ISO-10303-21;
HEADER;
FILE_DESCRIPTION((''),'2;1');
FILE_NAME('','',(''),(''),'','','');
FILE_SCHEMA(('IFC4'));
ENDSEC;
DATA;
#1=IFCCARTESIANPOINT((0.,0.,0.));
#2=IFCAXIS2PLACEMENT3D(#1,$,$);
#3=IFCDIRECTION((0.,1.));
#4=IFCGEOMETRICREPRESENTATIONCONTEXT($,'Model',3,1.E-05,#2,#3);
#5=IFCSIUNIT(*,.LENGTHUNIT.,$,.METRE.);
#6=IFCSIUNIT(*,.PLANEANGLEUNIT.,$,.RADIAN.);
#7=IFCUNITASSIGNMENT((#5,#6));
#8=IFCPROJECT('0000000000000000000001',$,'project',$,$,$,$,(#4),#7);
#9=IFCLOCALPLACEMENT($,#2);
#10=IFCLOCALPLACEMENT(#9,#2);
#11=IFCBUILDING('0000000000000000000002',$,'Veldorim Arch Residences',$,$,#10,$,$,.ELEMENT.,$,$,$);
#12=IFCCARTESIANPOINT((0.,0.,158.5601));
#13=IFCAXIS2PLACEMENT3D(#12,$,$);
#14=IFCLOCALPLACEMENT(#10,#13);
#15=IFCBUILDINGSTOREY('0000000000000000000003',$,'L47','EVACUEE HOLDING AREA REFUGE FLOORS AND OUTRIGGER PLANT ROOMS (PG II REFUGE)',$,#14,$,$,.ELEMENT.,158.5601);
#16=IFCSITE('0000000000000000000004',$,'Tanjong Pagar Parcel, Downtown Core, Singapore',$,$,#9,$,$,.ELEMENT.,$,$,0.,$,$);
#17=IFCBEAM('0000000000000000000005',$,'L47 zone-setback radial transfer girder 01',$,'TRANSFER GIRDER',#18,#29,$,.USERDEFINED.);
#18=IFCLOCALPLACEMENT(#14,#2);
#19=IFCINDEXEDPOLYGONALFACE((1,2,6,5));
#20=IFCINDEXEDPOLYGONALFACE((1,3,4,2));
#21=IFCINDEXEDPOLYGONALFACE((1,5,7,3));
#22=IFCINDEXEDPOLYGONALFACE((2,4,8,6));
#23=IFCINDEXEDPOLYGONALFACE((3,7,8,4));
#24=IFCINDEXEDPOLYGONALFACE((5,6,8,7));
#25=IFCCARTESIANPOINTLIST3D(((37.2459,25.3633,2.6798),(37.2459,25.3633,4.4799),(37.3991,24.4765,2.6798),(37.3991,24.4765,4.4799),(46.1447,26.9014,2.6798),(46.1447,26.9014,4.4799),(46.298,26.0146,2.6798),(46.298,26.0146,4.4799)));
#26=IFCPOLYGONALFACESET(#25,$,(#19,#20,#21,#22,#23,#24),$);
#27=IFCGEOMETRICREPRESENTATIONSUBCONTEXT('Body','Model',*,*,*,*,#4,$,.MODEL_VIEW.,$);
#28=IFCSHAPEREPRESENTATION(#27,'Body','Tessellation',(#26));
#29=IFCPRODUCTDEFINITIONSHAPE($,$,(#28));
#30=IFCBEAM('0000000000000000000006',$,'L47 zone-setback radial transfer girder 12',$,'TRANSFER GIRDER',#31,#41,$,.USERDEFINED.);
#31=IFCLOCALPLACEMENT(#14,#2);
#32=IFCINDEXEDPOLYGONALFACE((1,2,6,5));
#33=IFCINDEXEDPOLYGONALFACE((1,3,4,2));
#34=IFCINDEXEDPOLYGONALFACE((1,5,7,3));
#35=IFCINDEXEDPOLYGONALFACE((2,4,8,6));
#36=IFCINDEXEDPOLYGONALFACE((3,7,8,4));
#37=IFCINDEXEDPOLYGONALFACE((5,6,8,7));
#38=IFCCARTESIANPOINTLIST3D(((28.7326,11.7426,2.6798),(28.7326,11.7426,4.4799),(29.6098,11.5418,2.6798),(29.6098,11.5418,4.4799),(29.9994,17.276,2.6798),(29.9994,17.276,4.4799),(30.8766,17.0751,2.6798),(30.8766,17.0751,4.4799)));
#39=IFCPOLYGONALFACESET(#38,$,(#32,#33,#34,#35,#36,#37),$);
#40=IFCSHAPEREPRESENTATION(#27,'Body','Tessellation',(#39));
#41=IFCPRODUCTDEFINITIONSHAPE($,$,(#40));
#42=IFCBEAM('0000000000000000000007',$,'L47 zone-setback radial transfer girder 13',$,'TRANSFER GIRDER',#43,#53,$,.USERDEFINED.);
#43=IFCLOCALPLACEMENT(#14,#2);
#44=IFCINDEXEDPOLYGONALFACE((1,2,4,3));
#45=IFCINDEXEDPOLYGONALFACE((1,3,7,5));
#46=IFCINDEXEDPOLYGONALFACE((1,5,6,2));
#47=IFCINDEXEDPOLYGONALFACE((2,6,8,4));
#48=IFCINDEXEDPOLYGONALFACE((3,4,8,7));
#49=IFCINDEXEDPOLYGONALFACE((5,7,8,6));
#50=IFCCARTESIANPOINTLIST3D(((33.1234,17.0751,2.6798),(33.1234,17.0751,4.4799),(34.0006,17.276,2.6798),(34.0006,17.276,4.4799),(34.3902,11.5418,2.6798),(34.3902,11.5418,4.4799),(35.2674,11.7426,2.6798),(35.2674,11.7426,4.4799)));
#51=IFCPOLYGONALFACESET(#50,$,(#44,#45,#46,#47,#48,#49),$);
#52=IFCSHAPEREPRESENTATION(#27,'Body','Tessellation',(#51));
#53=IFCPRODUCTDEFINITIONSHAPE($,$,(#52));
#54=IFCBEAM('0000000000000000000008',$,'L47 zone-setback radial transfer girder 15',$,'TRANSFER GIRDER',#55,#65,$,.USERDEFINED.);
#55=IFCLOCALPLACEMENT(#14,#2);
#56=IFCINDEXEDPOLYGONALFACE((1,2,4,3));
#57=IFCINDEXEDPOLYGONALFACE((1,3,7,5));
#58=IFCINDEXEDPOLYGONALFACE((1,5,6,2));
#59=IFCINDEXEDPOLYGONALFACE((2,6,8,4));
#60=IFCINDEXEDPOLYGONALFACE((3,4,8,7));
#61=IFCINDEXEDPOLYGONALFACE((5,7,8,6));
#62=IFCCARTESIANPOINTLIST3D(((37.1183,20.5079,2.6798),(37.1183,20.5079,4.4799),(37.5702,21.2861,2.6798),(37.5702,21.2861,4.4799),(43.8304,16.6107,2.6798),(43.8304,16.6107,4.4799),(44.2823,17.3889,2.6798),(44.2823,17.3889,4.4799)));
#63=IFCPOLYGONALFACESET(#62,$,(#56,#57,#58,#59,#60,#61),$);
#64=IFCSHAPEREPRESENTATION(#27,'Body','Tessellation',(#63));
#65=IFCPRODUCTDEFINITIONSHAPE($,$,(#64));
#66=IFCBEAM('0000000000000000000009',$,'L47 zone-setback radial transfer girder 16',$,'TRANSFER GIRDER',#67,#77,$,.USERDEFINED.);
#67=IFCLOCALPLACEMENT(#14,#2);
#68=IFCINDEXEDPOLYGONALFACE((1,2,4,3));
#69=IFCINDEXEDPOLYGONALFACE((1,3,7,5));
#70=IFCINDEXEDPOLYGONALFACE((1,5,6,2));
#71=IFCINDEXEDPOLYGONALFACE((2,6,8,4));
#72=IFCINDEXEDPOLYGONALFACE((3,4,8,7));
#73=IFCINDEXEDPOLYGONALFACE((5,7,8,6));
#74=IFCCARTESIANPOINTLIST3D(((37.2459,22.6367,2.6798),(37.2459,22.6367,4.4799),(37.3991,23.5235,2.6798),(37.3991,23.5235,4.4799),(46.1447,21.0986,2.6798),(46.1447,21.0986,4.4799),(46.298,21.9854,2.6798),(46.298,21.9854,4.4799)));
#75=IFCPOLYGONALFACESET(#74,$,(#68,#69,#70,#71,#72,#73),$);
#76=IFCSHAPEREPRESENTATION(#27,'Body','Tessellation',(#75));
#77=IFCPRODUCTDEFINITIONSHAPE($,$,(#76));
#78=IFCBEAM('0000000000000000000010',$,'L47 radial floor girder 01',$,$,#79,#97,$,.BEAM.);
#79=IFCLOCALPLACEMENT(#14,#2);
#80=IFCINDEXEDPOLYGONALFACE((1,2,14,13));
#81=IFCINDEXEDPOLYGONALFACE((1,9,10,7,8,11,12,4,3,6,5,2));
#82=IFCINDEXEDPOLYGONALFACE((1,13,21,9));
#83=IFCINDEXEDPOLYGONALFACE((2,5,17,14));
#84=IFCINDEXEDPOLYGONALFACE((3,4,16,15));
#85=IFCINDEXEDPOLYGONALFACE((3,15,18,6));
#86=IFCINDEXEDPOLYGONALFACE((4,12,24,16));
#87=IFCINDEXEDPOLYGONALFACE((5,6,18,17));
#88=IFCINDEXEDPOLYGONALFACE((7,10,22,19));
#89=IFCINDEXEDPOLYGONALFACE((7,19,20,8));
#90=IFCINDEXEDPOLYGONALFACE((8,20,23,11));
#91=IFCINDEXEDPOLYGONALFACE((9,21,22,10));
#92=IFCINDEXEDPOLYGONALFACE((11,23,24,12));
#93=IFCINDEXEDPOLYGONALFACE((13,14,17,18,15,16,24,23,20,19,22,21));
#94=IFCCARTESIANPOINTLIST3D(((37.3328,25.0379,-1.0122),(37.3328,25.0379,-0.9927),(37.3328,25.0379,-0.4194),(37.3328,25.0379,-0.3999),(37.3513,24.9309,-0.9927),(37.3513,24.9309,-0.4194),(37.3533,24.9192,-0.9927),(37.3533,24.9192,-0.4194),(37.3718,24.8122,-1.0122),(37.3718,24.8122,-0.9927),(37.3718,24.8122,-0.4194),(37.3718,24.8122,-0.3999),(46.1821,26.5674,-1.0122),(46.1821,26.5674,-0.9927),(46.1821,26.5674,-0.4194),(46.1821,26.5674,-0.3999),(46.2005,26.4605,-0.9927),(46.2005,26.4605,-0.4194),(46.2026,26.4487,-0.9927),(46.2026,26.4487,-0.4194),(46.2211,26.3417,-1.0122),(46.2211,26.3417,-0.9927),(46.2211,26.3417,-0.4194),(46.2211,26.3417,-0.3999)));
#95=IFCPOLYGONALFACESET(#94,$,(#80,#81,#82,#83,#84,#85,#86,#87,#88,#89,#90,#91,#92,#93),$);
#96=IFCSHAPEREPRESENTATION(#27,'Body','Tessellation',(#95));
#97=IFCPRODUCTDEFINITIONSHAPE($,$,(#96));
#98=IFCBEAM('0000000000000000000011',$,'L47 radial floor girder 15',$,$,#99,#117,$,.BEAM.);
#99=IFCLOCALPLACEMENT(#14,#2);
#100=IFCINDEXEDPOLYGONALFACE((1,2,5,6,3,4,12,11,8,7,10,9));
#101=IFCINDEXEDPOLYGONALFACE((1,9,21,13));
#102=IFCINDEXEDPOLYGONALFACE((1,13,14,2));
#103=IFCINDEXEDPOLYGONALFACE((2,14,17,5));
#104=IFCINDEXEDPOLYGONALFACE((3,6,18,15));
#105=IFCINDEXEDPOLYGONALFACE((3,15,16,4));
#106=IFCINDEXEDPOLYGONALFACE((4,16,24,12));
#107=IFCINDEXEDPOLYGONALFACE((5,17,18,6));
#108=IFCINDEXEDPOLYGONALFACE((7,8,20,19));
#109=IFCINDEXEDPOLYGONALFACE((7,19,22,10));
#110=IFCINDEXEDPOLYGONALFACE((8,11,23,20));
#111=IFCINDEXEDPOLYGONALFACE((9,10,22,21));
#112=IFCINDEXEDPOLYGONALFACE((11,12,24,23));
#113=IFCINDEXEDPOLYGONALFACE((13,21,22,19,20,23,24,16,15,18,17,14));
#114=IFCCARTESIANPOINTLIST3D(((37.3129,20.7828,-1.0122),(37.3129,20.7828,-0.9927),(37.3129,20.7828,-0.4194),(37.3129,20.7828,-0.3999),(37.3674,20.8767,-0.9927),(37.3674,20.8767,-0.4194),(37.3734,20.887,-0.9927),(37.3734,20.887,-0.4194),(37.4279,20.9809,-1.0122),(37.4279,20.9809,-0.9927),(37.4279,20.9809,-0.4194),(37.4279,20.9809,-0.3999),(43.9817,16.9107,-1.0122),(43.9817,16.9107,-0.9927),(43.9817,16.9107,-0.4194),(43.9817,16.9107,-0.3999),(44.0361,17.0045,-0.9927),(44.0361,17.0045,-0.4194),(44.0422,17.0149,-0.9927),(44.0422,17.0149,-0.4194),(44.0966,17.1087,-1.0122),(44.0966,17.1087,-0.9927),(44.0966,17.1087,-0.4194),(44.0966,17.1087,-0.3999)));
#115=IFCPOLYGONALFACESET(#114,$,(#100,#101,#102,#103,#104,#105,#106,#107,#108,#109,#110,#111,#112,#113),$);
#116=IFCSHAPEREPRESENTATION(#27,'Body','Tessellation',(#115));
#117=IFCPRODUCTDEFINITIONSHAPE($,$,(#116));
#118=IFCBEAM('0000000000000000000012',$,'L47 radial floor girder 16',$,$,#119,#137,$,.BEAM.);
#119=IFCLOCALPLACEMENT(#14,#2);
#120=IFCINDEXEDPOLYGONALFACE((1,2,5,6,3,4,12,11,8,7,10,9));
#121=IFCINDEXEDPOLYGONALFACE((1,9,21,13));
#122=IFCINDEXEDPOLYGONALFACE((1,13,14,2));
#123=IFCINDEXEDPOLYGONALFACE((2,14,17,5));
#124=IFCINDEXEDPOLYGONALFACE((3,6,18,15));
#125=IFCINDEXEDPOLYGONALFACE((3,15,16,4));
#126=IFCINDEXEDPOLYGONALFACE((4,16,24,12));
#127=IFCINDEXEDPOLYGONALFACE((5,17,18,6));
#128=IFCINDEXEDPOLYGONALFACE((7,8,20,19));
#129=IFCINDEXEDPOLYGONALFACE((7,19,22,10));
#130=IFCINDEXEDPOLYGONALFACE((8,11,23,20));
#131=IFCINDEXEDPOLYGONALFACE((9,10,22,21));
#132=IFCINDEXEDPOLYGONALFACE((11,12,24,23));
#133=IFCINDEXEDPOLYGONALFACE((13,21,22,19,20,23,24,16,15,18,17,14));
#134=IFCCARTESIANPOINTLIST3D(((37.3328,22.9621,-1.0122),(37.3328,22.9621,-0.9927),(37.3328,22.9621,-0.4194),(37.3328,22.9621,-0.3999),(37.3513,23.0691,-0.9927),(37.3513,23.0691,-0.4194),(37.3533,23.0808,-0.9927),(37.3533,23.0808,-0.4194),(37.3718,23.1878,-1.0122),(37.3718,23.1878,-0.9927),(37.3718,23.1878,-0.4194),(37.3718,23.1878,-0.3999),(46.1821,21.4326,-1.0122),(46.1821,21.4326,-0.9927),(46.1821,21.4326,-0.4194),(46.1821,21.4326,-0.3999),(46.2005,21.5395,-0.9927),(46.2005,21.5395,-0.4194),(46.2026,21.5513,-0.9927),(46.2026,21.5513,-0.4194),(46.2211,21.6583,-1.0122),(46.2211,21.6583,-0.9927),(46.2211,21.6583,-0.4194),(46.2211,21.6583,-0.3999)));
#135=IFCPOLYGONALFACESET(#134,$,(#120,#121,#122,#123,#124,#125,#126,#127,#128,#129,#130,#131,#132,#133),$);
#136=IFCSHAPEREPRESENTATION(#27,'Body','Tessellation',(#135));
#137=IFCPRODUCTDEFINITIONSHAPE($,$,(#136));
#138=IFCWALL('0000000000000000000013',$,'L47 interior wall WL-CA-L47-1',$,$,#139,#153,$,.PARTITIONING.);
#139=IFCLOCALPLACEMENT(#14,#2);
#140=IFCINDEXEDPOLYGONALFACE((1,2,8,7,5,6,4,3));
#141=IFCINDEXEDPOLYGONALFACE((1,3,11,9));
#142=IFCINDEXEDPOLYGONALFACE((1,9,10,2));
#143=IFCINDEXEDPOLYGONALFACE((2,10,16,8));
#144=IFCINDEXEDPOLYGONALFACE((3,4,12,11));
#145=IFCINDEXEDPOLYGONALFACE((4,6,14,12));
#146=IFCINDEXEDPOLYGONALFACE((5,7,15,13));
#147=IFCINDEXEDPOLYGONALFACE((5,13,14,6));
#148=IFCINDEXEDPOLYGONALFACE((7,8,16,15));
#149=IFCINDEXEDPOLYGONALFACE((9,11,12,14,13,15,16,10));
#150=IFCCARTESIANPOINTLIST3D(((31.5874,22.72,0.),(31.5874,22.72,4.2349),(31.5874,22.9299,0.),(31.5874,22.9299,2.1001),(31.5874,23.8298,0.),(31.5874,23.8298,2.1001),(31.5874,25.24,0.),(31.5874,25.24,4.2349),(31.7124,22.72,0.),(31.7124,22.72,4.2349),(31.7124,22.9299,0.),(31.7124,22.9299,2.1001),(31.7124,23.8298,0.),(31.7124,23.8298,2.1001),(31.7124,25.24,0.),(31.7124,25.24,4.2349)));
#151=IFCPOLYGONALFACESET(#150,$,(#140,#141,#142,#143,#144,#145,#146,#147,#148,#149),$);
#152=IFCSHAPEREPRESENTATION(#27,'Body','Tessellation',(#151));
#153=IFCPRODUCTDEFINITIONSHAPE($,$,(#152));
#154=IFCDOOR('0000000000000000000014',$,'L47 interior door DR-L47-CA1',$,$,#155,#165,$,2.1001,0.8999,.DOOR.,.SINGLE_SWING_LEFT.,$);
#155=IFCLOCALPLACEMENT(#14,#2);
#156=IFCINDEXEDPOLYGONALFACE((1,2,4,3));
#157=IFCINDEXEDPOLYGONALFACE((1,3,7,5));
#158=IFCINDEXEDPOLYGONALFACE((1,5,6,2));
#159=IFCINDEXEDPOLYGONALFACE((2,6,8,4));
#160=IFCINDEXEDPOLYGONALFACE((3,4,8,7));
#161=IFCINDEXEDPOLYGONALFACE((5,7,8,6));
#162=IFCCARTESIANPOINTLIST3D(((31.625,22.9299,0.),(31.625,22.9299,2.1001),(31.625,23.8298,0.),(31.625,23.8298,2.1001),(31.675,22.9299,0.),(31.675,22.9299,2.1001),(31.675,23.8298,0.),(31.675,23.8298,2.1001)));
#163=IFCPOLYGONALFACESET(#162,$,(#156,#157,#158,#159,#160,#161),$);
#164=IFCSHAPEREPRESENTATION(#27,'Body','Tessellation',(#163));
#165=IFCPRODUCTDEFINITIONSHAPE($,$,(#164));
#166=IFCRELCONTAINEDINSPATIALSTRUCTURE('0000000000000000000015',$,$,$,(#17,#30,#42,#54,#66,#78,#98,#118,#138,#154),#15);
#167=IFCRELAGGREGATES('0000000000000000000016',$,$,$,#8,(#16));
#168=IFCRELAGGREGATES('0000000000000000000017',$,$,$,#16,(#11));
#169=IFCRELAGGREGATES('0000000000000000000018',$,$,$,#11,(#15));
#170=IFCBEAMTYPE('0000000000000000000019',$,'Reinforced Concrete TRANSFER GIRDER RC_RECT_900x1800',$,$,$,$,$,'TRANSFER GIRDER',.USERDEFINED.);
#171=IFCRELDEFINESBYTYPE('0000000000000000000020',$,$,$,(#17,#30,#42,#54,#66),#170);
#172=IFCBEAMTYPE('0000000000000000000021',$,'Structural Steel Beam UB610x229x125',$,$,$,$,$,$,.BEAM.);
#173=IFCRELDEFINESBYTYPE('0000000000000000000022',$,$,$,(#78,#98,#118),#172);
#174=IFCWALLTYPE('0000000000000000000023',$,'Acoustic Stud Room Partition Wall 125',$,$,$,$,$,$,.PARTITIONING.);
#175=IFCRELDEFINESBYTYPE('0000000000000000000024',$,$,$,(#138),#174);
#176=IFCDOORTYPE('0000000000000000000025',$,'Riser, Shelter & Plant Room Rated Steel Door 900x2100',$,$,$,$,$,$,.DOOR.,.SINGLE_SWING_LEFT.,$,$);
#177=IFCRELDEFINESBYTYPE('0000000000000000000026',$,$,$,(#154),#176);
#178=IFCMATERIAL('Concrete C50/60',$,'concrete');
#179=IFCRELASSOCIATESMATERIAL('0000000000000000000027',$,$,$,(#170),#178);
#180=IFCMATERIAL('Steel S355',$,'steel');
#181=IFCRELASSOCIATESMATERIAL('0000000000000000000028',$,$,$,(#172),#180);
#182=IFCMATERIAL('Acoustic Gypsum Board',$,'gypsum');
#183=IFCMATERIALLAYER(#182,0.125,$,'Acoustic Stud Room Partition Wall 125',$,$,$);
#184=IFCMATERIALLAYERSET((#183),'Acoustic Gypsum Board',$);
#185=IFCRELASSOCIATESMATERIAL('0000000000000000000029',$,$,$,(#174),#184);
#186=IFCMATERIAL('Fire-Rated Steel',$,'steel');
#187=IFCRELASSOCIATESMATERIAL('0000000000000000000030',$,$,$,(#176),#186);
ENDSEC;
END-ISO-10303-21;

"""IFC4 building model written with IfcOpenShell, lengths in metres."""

from ifc_helpers import new_model, si_unit, direction, frame, frame_2d, origin, origin_2d, place, context, subcontext, project, spatial, rectangle, i_section, extrude, material, layer, layer_set, material_profile, profile_set, type_object, element, fill, save


model = new_model("IFC4")

# Units and contexts
model_context = context("Model", 3, precision=1e-05, world=origin(), true_north=direction((0.0, 1.0)))
body_context = subcontext(model_context, "Body", "Model", "MODEL_VIEW")
ifc_project = project(units=[si_unit("LENGTHUNIT", "METRE"), si_unit("PLANEANGLEUNIT", "RADIAN")], contexts=[model_context])

# Site, building, storey
site_placement = place(None, origin())
site = spatial("IfcSite", under=ifc_project, at=site_placement, Name="Tanjong Pagar Parcel, Downtown Core, Singapore", CompositionType="ELEMENT", RefElevation=0.0)
building_placement = place(site_placement, origin())
building = spatial("IfcBuilding", under=site, at=building_placement, Name="Veldorim Arch Residences", CompositionType="ELEMENT")
storey_placement = place(building_placement, frame((0.0, 0.0, 158.5601)))
storey = spatial("IfcBuildingStorey", under=building, at=storey_placement, Name="L47", Description="EVACUEE HOLDING AREA REFUGE FLOORS AND OUTRIGGER PLANT ROOMS (PG II REFUGE)", CompositionType="ELEMENT", Elevation=158.5601)

# Beams
ifc_material_1 = material(Name="Concrete C50/60", Category="concrete")
ifc_material_profile_1 = material_profile(ifc_material_1, rectangle(XDim=0.8999, YDim=1.8, at=origin_2d()), Name="RC_RECT_900x1800")
ifc_profile_set_1 = profile_set([ifc_material_profile_1], Name="Concrete C50/60")
beam_type_1 = type_object("IfcBeamType", Name="Reinforced Concrete TRANSFER GIRDER RC_RECT_900x1800", ElementType="TRANSFER GIRDER", PredefinedType="USERDEFINED", material=ifc_profile_set_1)
beam_1_placement = place(storey_placement, frame((37.3225, 24.9199, 3.5798), z_axis=(0.98539, 0.170314, 0.0), x_axis=(-0.170314, 0.98539, 0.0)))
element("IfcBeam", 1, at=beam_1_placement, inside=storey, type_object=beam_type_1, Name="L47 zone-setback radial transfer girder 01", ObjectType="TRANSFER GIRDER", PredefinedType="USERDEFINED", context=body_context, shape_type="SweptSolid", body=[
    extrude(rectangle(XDim=0.8999, YDim=1.8, at=origin_2d()), origin(), (0.0, 0.0, 1.0), 9.0308),
])
for number, where, z_axis, x_axis, name in (
    (2, (30.438, 17.1755, 3.5798), (-0.223169, -0.97478, 0.0), (0.97478, -0.223169, 0.0), "L47 zone-setback radial transfer girder 12"),
    (3, (33.562, 17.1755, 3.5798), (0.223169, -0.97478, 0.0), (0.97478, 0.223169, 0.0), "L47 zone-setback radial transfer girder 13"),
):
    element("IfcBeam", number, at=place(storey_placement, frame(where, z_axis=z_axis, x_axis=x_axis)), inside=storey, type_object=beam_type_1, Name=name, ObjectType="TRANSFER GIRDER", PredefinedType="USERDEFINED", context=body_context, shape_type="SweptSolid", body=[
        extrude(rectangle(XDim=0.8999, YDim=1.8, at=origin_2d()), origin(), (0.0, 0.0, 1.0), 5.6765),
    ])
beam_2_placement = place(storey_placement, frame((37.3442, 20.897, 3.5798), z_axis=(0.864798, -0.50212, 0.0), x_axis=(0.50212, 0.864798, 0.0)))
element("IfcBeam", 4, at=beam_2_placement, inside=storey, type_object=beam_type_1, Name="L47 zone-setback radial transfer girder 15", ObjectType="TRANSFER GIRDER", PredefinedType="USERDEFINED", context=body_context, shape_type="SweptSolid", body=[
    extrude(rectangle(XDim=0.8999, YDim=1.8, at=origin_2d()), origin(), (0.0, 0.0, 1.0), 7.7615),
])
beam_3_placement = place(storey_placement, frame((37.3225, 23.0801, 3.5798), z_axis=(0.98539, -0.170314, 0.0), x_axis=(0.170314, 0.98539, 0.0)))
element("IfcBeam", 5, at=beam_3_placement, inside=storey, type_object=beam_type_1, Name="L47 zone-setback radial transfer girder 16", ObjectType="TRANSFER GIRDER", PredefinedType="USERDEFINED", context=body_context, shape_type="SweptSolid", body=[
    extrude(rectangle(XDim=0.8999, YDim=1.8, at=origin_2d()), origin(), (0.0, 0.0, 1.0), 9.0308),
])
ifc_material_2 = material(Name="Steel S355", Category="steel")
ifc_material_profile_2 = material_profile(ifc_material_2, i_section(OverallWidth=0.229, OverallDepth=0.6123, WebThickness=0.012, FlangeThickness=0.0195, at=origin_2d()), Name="UB610x229x125")
ifc_profile_set_2 = profile_set([ifc_material_profile_2], Name="Steel S355")
beam_type_2 = type_object("IfcBeamType", Name="Structural Steel Beam UB610x229x125", PredefinedType="BEAM", material=ifc_profile_set_2)
beam_4_placement = place(storey_placement, frame((37.3523, 24.925, -0.7061), z_axis=(0.985389, 0.170317, 0.0), x_axis=(-0.170317, 0.985389, 0.0)))
element("IfcBeam", 6, at=beam_4_placement, inside=storey, type_object=beam_type_2, Name="L47 radial floor girder 01", PredefinedType="BEAM", context=body_context, shape_type="SweptSolid", body=[
    extrude(i_section(OverallWidth=0.229, OverallDepth=0.6123, WebThickness=0.012, FlangeThickness=0.0195, at=origin_2d()), origin(), (0.0, 0.0, 1.0), 8.9805),
])
beam_5_placement = place(storey_placement, frame((37.3704, 20.8818, -0.7061), z_axis=(0.864793, -0.502128, 0.0), x_axis=(0.502128, 0.864793, 0.0)))
element("IfcBeam", 7, at=beam_5_placement, inside=storey, type_object=beam_type_2, Name="L47 radial floor girder 15", PredefinedType="BEAM", context=body_context, shape_type="SweptSolid", body=[
    extrude(i_section(OverallWidth=0.229, OverallDepth=0.6123, WebThickness=0.012, FlangeThickness=0.0195, at=origin_2d()), origin(), (0.0, 0.0, 1.0), 7.7114),
])
beam_6_placement = place(storey_placement, frame((37.3523, 23.075, -0.7061), z_axis=(0.985389, -0.170317, 0.0), x_axis=(0.170317, 0.985389, 0.0)))
element("IfcBeam", 8, at=beam_6_placement, inside=storey, type_object=beam_type_2, Name="L47 radial floor girder 16", PredefinedType="BEAM", context=body_context, shape_type="SweptSolid", body=[
    extrude(i_section(OverallWidth=0.229, OverallDepth=0.6123, WebThickness=0.012, FlangeThickness=0.0195, at=origin_2d()), origin(), (0.0, 0.0, 1.0), 8.9805),
])

# Wall, opening, door
ifc_material_3 = material(Name="Acoustic Gypsum Board", Category="gypsum")
ifc_layer_1 = layer(ifc_material_3, 0.125, Name="Acoustic Stud Room Partition Wall 125")
ifc_layer_set_1 = layer_set([ifc_layer_1], Name="Acoustic Gypsum Board")
wall_type_1 = type_object("IfcWallType", Name="Acoustic Stud Room Partition Wall 125", PredefinedType="PARTITIONING", material=ifc_layer_set_1)
wall_1_placement = place(storey_placement, frame((31.6499, 22.72, 0.0), z_axis=(0.0, 0.0, 1.0), x_axis=(0.0, 1.0, 0.0)))
wall_1 = element("IfcWall", 9, at=wall_1_placement, inside=storey, type_object=wall_type_1, Name="L47 interior wall WL-CA-L47-1", PredefinedType="PARTITIONING", context=body_context, shape_type="SweptSolid", body=[
    extrude(rectangle(XDim=2.52, YDim=0.125, at=frame_2d((1.26, 0.0))), origin(), (0.0, 0.0, 1.0), 4.2349),
])
opening_1_placement = place(wall_1_placement, frame((0.21, 0.0, 0.0)))
opening_1 = element("IfcOpeningElement", 10, at=opening_1_placement, cuts=wall_1, PredefinedType="OPENING", context=body_context, shape_type="SweptSolid", body=[
    extrude(rectangle(XDim=0.8999, YDim=2.1001, at=frame_2d((0.45, 1.05))), frame((0.0, 0.0725, 0.0), z_axis=(0.0, -1.0, 0.0), x_axis=(1.0, 0.0, 0.0)), (0.0, 0.0, 1.0), 0.145),
])
ifc_material_4 = material(Name="Fire-Rated Steel", Category="steel")
door_type = type_object("IfcDoorType", Name="Riser, Shelter & Plant Room Rated Steel Door 900x2100", OperationType="SINGLE_SWING_LEFT", PredefinedType="DOOR", material=ifc_material_4)
door_1_placement = place(opening_1_placement, origin())
door_1 = element("IfcDoor", 11, at=door_1_placement, inside=storey, type_object=door_type, Name="L47 interior door DR-L47-CA1", OperationType="SINGLE_SWING_LEFT", OverallHeight=2.1001, OverallWidth=0.8999, PredefinedType="DOOR", context=body_context, shape_type="SweptSolid", body=[
    extrude(rectangle(XDim=0.8999, YDim=2.1001, at=frame_2d((0.45, 1.05))), frame((0.0, 0.0249, 0.0), z_axis=(0.0, -1.0, 0.0), x_axis=(1.0, 0.0, 0.0)), (0.0, 0.0, 1.0), 0.05),
])
fill(opening_1, door_1)

save(model, "model.ifc")
